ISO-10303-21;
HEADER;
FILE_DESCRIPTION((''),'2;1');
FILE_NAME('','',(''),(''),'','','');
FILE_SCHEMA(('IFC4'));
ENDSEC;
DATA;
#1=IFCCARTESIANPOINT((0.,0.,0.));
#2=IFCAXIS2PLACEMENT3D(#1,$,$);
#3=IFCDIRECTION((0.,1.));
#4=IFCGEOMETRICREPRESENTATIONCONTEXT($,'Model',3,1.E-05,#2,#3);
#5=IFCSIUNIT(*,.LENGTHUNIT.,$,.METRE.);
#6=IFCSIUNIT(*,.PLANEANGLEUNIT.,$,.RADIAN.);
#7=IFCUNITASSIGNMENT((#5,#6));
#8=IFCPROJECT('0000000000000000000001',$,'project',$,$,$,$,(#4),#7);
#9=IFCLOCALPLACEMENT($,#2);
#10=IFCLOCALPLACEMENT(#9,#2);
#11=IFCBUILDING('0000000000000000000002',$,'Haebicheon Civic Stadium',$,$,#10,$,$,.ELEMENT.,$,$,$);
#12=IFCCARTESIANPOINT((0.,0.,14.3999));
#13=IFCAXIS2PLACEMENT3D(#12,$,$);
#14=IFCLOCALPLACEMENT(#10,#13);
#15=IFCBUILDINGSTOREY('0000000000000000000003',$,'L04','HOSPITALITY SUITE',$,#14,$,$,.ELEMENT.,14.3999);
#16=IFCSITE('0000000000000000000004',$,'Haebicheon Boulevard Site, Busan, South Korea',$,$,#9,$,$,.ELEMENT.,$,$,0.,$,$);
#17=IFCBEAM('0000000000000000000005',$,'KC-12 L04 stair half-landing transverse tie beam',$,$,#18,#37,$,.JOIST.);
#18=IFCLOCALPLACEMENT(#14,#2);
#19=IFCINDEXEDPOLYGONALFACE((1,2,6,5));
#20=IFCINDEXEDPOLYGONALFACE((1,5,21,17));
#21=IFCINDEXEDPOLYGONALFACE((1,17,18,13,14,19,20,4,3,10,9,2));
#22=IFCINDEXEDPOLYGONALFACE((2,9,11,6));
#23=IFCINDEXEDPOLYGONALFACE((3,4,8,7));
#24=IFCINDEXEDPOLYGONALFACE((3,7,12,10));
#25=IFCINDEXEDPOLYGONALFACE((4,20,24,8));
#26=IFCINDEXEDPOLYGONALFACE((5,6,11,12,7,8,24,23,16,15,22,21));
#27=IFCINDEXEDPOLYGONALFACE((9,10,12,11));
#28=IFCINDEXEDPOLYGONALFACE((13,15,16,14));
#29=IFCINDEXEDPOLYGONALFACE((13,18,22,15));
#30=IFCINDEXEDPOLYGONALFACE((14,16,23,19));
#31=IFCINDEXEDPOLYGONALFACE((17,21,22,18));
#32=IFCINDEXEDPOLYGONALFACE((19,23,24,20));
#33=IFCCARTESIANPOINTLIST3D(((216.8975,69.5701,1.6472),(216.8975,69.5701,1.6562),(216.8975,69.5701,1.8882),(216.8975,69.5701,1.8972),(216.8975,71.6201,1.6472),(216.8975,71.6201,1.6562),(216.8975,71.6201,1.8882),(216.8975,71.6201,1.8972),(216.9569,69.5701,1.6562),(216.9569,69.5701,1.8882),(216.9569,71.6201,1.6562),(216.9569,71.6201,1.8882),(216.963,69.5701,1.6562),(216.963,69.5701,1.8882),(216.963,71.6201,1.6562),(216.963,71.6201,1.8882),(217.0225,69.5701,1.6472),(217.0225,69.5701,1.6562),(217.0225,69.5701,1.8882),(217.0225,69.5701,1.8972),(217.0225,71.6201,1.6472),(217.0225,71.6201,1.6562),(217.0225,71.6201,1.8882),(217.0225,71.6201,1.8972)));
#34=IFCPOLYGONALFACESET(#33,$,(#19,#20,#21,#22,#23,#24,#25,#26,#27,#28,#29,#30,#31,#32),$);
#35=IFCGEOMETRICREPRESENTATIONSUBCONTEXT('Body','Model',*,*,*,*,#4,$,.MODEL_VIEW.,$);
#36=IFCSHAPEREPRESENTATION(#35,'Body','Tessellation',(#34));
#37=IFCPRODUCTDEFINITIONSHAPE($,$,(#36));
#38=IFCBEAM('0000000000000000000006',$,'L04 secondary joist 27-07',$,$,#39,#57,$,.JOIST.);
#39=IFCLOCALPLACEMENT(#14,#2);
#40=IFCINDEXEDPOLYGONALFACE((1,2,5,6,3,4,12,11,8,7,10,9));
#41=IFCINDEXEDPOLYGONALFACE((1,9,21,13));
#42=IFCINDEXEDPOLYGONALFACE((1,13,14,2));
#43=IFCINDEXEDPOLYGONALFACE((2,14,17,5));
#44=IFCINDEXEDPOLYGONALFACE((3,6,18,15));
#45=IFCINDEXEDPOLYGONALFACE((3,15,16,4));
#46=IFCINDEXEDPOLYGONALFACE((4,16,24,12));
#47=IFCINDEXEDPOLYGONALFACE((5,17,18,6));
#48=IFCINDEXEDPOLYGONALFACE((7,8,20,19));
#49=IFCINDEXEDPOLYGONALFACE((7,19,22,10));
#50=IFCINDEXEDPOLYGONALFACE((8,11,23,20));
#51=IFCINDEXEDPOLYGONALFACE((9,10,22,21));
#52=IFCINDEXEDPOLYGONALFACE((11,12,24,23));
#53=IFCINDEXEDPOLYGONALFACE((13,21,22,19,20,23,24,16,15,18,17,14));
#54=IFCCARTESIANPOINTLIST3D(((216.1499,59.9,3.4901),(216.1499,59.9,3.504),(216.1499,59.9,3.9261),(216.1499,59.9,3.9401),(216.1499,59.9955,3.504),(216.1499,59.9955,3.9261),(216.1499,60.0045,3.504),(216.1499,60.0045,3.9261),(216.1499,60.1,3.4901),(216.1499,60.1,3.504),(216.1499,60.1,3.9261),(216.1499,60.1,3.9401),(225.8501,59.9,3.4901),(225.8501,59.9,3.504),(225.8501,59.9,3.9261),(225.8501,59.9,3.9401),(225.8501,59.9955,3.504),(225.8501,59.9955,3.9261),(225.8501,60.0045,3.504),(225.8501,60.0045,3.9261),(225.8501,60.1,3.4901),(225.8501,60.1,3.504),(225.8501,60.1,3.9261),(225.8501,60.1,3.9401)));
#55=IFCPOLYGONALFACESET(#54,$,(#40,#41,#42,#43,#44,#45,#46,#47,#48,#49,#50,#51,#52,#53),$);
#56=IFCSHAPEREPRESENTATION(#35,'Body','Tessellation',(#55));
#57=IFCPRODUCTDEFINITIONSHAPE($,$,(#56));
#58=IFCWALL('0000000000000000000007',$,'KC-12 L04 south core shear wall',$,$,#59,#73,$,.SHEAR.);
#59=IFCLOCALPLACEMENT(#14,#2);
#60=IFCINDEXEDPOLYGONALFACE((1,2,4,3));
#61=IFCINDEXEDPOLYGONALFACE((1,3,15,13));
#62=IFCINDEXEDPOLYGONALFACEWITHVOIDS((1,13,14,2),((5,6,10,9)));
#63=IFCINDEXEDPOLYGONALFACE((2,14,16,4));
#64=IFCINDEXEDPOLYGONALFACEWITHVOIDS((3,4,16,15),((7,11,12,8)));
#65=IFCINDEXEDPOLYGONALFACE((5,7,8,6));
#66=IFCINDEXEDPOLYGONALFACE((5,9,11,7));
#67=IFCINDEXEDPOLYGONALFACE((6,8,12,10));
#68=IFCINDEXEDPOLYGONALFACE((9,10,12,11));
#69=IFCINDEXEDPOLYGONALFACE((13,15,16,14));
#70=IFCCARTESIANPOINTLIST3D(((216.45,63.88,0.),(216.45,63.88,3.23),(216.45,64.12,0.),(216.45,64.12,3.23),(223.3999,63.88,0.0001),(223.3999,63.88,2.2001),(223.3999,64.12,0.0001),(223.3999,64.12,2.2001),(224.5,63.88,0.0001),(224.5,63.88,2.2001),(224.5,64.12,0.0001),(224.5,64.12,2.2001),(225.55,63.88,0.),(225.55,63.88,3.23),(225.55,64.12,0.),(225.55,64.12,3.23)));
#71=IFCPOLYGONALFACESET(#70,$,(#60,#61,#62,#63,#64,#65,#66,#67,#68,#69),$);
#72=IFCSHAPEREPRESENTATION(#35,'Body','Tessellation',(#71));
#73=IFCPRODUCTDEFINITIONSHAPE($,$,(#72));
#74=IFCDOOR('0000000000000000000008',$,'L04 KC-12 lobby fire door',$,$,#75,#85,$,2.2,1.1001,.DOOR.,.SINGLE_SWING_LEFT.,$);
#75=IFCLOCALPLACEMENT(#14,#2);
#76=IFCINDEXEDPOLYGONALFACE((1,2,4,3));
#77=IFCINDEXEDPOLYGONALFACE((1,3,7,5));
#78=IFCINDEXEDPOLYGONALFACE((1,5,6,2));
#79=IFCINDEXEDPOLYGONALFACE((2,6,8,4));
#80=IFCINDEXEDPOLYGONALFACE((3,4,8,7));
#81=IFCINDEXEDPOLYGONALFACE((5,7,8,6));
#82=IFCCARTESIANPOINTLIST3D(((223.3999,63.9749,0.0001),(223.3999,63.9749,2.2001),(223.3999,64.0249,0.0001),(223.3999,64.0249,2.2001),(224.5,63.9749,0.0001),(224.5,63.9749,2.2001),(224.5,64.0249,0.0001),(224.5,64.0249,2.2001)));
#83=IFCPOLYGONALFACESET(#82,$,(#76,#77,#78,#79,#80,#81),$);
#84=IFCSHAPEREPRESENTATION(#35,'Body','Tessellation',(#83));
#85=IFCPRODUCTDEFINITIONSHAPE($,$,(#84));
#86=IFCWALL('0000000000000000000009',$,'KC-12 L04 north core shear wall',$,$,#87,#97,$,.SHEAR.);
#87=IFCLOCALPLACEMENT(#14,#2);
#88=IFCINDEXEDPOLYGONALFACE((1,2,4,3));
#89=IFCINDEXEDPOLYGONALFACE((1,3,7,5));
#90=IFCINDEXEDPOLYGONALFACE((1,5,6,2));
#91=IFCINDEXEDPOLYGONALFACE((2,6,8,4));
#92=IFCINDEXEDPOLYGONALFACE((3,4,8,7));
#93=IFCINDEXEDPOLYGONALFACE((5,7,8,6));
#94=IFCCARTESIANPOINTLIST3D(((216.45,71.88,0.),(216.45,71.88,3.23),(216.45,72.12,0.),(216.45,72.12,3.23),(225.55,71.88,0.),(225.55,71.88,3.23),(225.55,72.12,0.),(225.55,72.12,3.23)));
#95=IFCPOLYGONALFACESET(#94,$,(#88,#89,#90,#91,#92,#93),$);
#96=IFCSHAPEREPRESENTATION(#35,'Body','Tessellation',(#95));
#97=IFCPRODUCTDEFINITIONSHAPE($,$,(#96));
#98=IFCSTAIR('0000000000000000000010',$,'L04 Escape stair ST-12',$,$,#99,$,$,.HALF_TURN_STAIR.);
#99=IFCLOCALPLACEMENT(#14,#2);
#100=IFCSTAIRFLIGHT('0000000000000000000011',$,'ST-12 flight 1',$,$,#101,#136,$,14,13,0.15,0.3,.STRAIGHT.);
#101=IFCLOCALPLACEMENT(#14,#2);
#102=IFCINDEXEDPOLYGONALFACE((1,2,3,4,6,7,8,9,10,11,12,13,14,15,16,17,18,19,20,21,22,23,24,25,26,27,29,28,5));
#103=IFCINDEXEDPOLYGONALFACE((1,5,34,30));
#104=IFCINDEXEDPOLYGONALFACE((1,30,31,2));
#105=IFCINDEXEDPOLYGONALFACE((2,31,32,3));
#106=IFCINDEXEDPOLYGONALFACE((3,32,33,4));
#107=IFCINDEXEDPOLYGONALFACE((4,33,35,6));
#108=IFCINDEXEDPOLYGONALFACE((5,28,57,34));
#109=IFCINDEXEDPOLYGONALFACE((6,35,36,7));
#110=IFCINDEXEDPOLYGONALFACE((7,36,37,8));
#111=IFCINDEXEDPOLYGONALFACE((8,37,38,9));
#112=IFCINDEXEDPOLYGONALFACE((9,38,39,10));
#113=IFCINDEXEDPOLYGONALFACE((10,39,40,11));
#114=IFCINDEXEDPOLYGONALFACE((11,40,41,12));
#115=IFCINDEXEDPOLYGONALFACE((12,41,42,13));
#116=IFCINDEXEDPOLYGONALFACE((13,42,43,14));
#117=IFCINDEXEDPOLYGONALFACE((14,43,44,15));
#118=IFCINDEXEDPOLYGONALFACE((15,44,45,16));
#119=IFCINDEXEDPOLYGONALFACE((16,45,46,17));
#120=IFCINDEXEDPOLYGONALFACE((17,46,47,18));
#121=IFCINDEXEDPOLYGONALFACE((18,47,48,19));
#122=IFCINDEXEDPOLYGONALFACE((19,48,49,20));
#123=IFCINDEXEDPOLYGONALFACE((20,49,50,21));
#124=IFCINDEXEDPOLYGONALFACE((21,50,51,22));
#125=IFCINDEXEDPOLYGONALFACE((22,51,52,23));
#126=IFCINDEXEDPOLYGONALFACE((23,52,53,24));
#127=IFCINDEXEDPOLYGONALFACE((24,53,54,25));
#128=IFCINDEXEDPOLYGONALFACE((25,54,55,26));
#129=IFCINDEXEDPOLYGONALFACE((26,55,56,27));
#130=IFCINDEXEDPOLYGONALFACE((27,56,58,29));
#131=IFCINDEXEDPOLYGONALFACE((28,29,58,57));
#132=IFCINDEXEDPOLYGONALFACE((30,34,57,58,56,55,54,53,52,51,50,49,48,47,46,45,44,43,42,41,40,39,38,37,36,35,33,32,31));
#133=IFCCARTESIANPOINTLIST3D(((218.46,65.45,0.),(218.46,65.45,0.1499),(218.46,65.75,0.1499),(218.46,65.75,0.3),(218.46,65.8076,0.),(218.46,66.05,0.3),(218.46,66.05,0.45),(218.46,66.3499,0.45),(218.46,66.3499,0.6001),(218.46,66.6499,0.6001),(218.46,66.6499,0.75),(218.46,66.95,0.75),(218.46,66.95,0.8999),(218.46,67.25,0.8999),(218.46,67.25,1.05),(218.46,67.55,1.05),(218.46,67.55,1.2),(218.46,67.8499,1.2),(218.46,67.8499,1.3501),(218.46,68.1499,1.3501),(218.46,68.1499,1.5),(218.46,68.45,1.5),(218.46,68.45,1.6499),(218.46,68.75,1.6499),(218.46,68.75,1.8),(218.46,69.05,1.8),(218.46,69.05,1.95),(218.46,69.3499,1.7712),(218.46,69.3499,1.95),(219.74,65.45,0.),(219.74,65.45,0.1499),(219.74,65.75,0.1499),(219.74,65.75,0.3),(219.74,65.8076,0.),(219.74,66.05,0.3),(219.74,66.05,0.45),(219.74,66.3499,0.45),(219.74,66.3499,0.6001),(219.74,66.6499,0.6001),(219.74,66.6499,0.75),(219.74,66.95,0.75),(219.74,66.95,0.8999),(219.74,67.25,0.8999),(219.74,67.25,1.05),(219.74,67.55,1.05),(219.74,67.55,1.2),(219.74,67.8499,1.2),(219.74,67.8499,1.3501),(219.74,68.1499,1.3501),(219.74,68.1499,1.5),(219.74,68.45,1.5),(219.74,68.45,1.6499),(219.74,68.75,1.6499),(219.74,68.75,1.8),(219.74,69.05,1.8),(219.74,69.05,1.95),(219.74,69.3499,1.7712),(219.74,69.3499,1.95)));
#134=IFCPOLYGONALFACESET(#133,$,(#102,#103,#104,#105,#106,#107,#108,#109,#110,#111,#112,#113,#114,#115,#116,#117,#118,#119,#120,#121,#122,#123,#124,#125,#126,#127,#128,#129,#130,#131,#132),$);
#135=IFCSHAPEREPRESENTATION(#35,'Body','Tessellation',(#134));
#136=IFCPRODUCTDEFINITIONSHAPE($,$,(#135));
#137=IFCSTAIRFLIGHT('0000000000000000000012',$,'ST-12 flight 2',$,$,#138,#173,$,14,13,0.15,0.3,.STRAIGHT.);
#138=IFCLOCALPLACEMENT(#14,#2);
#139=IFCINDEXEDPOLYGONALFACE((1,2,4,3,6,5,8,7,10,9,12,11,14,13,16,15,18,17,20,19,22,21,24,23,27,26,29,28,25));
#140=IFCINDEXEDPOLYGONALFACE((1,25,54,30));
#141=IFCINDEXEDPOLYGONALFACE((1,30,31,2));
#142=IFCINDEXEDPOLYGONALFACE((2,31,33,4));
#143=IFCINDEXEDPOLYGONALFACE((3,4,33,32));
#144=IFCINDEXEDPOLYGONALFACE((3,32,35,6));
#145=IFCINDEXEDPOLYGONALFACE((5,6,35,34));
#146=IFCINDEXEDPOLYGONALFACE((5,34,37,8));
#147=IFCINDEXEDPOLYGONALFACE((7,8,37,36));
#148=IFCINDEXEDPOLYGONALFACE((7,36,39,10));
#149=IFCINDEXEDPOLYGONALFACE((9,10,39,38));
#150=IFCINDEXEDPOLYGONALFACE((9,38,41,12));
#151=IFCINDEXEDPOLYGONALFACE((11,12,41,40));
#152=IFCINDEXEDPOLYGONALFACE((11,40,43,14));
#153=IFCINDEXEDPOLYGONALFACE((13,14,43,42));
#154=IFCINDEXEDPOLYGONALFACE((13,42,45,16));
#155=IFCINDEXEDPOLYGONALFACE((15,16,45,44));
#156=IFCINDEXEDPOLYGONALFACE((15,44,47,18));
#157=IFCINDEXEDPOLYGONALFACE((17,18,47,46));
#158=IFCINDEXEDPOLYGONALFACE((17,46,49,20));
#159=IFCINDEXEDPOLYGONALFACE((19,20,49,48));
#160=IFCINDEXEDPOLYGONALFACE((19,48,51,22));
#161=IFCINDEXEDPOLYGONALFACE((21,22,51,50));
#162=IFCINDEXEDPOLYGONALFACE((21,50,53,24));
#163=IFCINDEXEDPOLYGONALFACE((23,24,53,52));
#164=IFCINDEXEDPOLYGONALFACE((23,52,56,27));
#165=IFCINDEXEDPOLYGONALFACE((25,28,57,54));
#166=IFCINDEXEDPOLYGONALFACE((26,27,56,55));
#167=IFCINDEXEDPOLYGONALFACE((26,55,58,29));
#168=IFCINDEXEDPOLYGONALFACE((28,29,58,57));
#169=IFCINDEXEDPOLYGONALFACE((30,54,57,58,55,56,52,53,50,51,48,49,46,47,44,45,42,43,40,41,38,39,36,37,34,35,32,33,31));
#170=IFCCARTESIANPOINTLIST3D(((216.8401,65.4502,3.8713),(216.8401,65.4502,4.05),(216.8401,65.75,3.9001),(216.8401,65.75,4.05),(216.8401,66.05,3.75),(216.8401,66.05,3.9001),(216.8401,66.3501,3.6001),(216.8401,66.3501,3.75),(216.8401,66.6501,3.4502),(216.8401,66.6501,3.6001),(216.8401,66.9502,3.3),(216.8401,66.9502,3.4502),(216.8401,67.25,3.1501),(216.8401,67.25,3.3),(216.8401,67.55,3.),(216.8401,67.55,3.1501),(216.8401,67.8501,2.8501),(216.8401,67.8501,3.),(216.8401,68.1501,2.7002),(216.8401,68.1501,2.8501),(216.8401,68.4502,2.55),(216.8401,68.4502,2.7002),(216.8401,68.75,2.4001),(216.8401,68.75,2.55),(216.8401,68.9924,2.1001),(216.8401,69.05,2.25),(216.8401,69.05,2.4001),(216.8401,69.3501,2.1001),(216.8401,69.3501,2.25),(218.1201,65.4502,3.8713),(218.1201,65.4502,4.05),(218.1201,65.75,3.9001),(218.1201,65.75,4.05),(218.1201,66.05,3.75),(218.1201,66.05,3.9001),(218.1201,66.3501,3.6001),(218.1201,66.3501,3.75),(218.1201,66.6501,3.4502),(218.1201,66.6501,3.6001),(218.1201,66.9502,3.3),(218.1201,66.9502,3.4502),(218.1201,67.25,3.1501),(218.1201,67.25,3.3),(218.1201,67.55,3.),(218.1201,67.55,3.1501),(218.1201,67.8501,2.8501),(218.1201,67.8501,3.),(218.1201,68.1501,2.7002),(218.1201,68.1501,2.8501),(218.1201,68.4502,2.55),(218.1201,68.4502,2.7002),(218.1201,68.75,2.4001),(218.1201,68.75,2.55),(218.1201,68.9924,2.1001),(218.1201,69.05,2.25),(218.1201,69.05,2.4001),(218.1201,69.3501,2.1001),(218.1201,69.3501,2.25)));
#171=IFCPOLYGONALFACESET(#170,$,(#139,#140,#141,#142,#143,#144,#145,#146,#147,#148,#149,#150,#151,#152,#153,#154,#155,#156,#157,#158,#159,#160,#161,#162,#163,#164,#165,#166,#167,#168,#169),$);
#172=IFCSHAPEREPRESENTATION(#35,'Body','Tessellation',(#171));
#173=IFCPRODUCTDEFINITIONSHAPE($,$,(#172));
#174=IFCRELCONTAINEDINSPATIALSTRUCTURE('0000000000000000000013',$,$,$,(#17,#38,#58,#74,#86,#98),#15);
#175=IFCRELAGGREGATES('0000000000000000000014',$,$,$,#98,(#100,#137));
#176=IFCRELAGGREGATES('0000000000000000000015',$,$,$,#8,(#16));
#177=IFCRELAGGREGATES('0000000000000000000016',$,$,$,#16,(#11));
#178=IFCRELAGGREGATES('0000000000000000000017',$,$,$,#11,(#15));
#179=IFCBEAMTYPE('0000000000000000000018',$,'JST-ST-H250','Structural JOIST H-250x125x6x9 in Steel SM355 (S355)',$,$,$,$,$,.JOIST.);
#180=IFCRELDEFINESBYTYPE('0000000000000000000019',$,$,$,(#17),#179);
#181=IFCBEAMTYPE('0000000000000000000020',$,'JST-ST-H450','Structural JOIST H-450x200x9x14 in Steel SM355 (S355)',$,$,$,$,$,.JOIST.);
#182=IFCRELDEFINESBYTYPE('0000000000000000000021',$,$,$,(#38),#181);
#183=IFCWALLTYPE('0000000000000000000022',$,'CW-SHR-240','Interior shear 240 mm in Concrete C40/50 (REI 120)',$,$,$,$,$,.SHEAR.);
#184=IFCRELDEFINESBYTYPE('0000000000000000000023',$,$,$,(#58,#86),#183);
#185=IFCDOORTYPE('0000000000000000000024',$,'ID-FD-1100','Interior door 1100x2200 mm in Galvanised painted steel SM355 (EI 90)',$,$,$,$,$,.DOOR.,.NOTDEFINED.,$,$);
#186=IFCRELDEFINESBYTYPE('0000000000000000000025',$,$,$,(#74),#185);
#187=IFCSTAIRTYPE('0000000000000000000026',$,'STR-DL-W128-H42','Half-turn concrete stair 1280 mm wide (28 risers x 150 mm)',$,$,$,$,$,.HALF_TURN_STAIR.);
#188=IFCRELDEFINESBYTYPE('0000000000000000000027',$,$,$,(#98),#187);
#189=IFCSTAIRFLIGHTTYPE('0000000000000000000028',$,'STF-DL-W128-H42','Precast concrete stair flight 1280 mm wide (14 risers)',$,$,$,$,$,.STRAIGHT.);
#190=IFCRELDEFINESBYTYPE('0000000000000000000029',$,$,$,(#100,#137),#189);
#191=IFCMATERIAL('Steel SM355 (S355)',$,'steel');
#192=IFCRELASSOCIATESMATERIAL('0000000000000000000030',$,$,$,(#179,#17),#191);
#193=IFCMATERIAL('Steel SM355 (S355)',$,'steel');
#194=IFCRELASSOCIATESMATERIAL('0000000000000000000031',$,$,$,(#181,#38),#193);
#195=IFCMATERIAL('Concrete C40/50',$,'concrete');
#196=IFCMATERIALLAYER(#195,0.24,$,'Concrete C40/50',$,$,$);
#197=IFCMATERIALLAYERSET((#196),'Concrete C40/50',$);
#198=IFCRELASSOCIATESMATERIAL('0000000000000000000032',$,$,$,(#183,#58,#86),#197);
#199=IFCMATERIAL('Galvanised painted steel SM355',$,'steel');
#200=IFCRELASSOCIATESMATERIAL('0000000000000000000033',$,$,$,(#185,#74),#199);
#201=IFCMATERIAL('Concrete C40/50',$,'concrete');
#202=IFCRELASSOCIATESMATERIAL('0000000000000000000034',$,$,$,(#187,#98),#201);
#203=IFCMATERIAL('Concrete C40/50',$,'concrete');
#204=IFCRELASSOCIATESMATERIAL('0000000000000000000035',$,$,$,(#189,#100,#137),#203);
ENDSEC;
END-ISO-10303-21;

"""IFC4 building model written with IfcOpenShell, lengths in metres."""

from ifc_helpers import new_model, si_unit, direction, frame, frame_2d, origin, origin_2d, place, context, subcontext, project, spatial, polyline, rectangle, i_section, outline, extrude, material, layer, layer_set, material_profile, profile_set, type_object, element, fill, aggregate, save


model = new_model("IFC4")

# Units and contexts
model_context = context("Model", 3, precision=1e-05, world=origin(), true_north=direction((0.0, 1.0)))
body_context = subcontext(model_context, "Body", "Model", "MODEL_VIEW")
ifc_project = project(units=[si_unit("LENGTHUNIT", "METRE"), si_unit("PLANEANGLEUNIT", "RADIAN")], contexts=[model_context])

# Site, building, storey
site_placement = place(None, origin())
site = spatial("IfcSite", under=ifc_project, at=site_placement, Name="Haebicheon Boulevard Site, Busan, South Korea", CompositionType="ELEMENT", RefElevation=0.0)
building_placement = place(site_placement, origin())
building = spatial("IfcBuilding", under=site, at=building_placement, Name="Haebicheon Civic Stadium", CompositionType="ELEMENT")
storey_placement = place(building_placement, frame((0.0, 0.0, 14.3999)))
storey = spatial("IfcBuildingStorey", under=building, at=storey_placement, Name="L04", Description="HOSPITALITY SUITE", CompositionType="ELEMENT", Elevation=14.3999)

# Beams
ifc_material_1 = material(Name="Steel SM355 (S355)", Category="steel")
ifc_material_profile_1 = material_profile(ifc_material_1, i_section(OverallWidth=0.125, OverallDepth=0.25, WebThickness=0.0061, FlangeThickness=0.009, at=origin_2d()), Name="H-250x125x6x9")
ifc_profile_set_1 = profile_set([ifc_material_profile_1], Name="Steel SM355 (S355)")
beam_type_1 = type_object("IfcBeamType", Name="JST-ST-H250", Description="Structural JOIST H-250x125x6x9 in Steel SM355 (S355)", PredefinedType="JOIST", material=ifc_profile_set_1)
beam_1_placement = place(storey_placement, frame((216.96, 69.5701, 1.7722), z_axis=(0.0, 1.0, 0.0), x_axis=(-1.0, 0.0, 0.0)))
element("IfcBeam", 1, at=beam_1_placement, inside=storey, type_object=beam_type_1, material=ifc_profile_set_1, Name="KC-12 L04 stair half-landing transverse tie beam", PredefinedType="JOIST", context=body_context, shape_type="SweptSolid", body=[
    extrude(i_section(OverallWidth=0.125, OverallDepth=0.25, WebThickness=0.0061, FlangeThickness=0.009, at=origin_2d()), origin(), (0.0, 0.0, 1.0), 2.05),
])
ifc_material_2 = material(Name="Steel SM355 (S355)", Category="steel")
ifc_material_profile_2 = material_profile(ifc_material_2, i_section(OverallWidth=0.2, OverallDepth=0.45, WebThickness=0.009, FlangeThickness=0.0139, at=origin_2d()), Name="H-450x200x9x14")
ifc_profile_set_2 = profile_set([ifc_material_profile_2], Name="Steel SM355 (S355)")
beam_type_2 = type_object("IfcBeamType", Name="JST-ST-H450", Description="Structural JOIST H-450x200x9x14 in Steel SM355 (S355)", PredefinedType="JOIST", material=ifc_profile_set_2)
beam_2_placement = place(storey_placement, frame((216.1499, 60.0, 3.7151), z_axis=(1.0, 0.0, 0.0), x_axis=(0.0, 1.0, 0.0)))
element("IfcBeam", 2, at=beam_2_placement, inside=storey, type_object=beam_type_2, material=ifc_profile_set_2, Name="L04 secondary joist 27-07", PredefinedType="JOIST", context=body_context, shape_type="SweptSolid", body=[
    extrude(i_section(OverallWidth=0.2, OverallDepth=0.45, WebThickness=0.009, FlangeThickness=0.0139, at=origin_2d()), origin(), (0.0, 0.0, 1.0), 9.7002),
])

# Wall, opening, door
ifc_material_3 = material(Name="Concrete C40/50", Category="concrete")
ifc_layer = layer(ifc_material_3, 0.24, Name="Concrete C40/50")
ifc_layer_set = layer_set([ifc_layer], Name="Concrete C40/50")
wall_type = type_object("IfcWallType", Name="CW-SHR-240", Description="Interior shear 240 mm in Concrete C40/50 (REI 120)", PredefinedType="SHEAR", material=ifc_layer_set)
wall_1_placement = place(storey_placement, frame((216.45, 64.0, 0.0), z_axis=(0.0, 0.0, 1.0), x_axis=(1.0, 0.0, 0.0)))
wall_1 = element("IfcWall", 3, at=wall_1_placement, inside=storey, type_object=wall_type, material=ifc_layer_set, Name="KC-12 L04 south core shear wall", PredefinedType="SHEAR", context=body_context, shape_type="SweptSolid", body=[
    extrude(rectangle(XDim=9.1001, YDim=0.24, at=frame_2d((4.55, 0.0))), origin(), (0.0, 0.0, 1.0), 3.23),
])
opening_placement = place(wall_1_placement, frame((6.95, 0.0, 0.0)))
opening = element("IfcOpeningElement", 4, at=opening_placement, cuts=wall_1, PredefinedType="OPENING", context=body_context, shape_type="SweptSolid", body=[
    extrude(rectangle(XDim=1.1001, YDim=2.2, at=frame_2d((0.55, 1.1001))), frame((0.0, 0.1299, 0.0), z_axis=(0.0, -1.0, 0.0), x_axis=(1.0, 0.0, 0.0)), (0.0, 0.0, 1.0), 0.26),
])
ifc_material_4 = material(Name="Galvanised painted steel SM355", Category="steel")
door_type = type_object("IfcDoorType", Name="ID-FD-1100", Description="Interior door 1100x2200 mm in Galvanised painted steel SM355 (EI 90)", OperationType="NOTDEFINED", PredefinedType="DOOR", material=ifc_material_4)
door_placement = place(opening_placement, origin())
door = element("IfcDoor", 5, at=door_placement, inside=storey, type_object=door_type, material=ifc_material_4, Name="L04 KC-12 lobby fire door", OperationType="SINGLE_SWING_LEFT", OverallHeight=2.2, OverallWidth=1.1001, PredefinedType="DOOR", context=body_context, shape_type="SweptSolid", body=[
    extrude(rectangle(XDim=1.1001, YDim=2.2, at=frame_2d((0.55, 1.1001))), frame((0.0, 0.0249, 0.0), z_axis=(0.0, -1.0, 0.0), x_axis=(1.0, 0.0, 0.0)), (0.0, 0.0, 1.0), 0.05),
])
fill(opening, door)

# Wall
wall_2_placement = place(storey_placement, frame((216.45, 72.0, 0.0), z_axis=(0.0, 0.0, 1.0), x_axis=(1.0, 0.0, 0.0)))
element("IfcWall", 6, at=wall_2_placement, inside=storey, type_object=wall_type, material=ifc_layer_set, Name="KC-12 L04 north core shear wall", PredefinedType="SHEAR", context=body_context, shape_type="SweptSolid", body=[
    extrude(rectangle(XDim=9.1001, YDim=0.24, at=frame_2d((4.55, 0.0))), origin(), (0.0, 0.0, 1.0), 3.23),
])

# Stair, stair flights
ifc_material_5 = material(Name="Concrete C40/50", Category="concrete")
stair_type = type_object("IfcStairType", Name="STR-DL-W128-H42", Description="Half-turn concrete stair 1280 mm wide (28 risers x 150 mm)", PredefinedType="HALF_TURN_STAIR", material=ifc_material_5)
stair_placement = place(storey_placement, origin())
stair = element("IfcStair", 7, at=stair_placement, inside=storey, type_object=stair_type, material=ifc_material_5, Name="L04 Escape stair ST-12", PredefinedType="HALF_TURN_STAIR")
ifc_material_6 = material(Name="Concrete C40/50", Category="concrete")
stair_flight_type = type_object("IfcStairFlightType", Name="STF-DL-W128-H42", Description="Precast concrete stair flight 1280 mm wide (14 risers)", PredefinedType="STRAIGHT", material=ifc_material_6)
stair_flight_1_placement = place(storey_placement, frame((219.1001, 65.45, 0.0), z_axis=(0.0, 0.0, 1.0), x_axis=(0.0, 1.0, 0.0)))
stair_flight_1 = element("IfcStairFlight", 8, at=stair_flight_1_placement, type_object=stair_flight_type, material=ifc_material_6, Name="ST-12 flight 1", NumberOfRisers=14, NumberOfTreads=13, PredefinedType="STRAIGHT", RiserHeight=0.15, TreadLength=0.3, context=body_context, shape_type="SweptSolid", body=[
    extrude(outline(polyline([(0.0, 0.0), (0.0, 0.1499), (0.3, 0.1499), (0.3, 0.3), (0.6001, 0.3), (0.6001, 0.45), (0.8999, 0.45), (0.8999, 0.6001), (1.2, 0.6001), (1.2, 0.75), (1.5, 0.75), (1.5, 0.8999), (1.8, 0.8999), (1.8, 1.05), (2.1001, 1.05), (2.1001, 1.2), (2.3999, 1.2), (2.3999, 1.3501), (2.7, 1.3501), (2.7, 1.5), (3.0, 1.5), (3.0, 1.6499), (3.3, 1.6499), (3.3, 1.8), (3.6001, 1.8), (3.6001, 1.95), (3.8999, 1.95), (3.8999, 2.1001), (3.8999, 1.7712), (0.3577, 0.0), (0.0, 0.0)])), frame((0.0, 0.6401, 0.0), z_axis=(0.0, -1.0, 0.0), x_axis=(1.0, 0.0, 0.0)), (0.0, 0.0, 1.0), 1.28),
])
stair_flight_2_placement = place(storey_placement, frame((217.48, 69.3501, 2.1001), z_axis=(0.0, 0.0, 1.0), x_axis=(0.0, -1.0, 0.0)))
stair_flight_2 = element("IfcStairFlight", 9, at=stair_flight_2_placement, type_object=stair_flight_type, material=ifc_material_6, Name="ST-12 flight 2", NumberOfRisers=14, NumberOfTreads=13, PredefinedType="STRAIGHT", RiserHeight=0.15, TreadLength=0.3, context=body_context, shape_type="SweptSolid", body=[
    extrude(outline(polyline([(0.0, 0.0), (0.0, 0.1499), (0.3, 0.1499), (0.3, 0.3), (0.6001, 0.3), (0.6001, 0.45), (0.8999, 0.45), (0.8999, 0.6001), (1.2, 0.6001), (1.2, 0.75), (1.5, 0.75), (1.5, 0.8999), (1.8, 0.8999), (1.8, 1.05), (2.1001, 1.05), (2.1001, 1.2), (2.3999, 1.2), (2.3999, 1.3501), (2.7, 1.3501), (2.7, 1.5), (3.0, 1.5), (3.0, 1.6499), (3.3, 1.6499), (3.3, 1.8), (3.6001, 1.8), (3.6001, 1.95), (3.8999, 1.95), (3.8999, 2.1001), (3.8999, 1.7712), (0.3577, 0.0), (0.0, 0.0)])), frame((0.0, 0.6401, 0.0), z_axis=(0.0, -1.0, 0.0), x_axis=(1.0, 0.0, 0.0)), (0.0, 0.0, 1.0), 1.28),
])
aggregate(stair, [stair_flight_1, stair_flight_2])

save(model, "model.ifc")
